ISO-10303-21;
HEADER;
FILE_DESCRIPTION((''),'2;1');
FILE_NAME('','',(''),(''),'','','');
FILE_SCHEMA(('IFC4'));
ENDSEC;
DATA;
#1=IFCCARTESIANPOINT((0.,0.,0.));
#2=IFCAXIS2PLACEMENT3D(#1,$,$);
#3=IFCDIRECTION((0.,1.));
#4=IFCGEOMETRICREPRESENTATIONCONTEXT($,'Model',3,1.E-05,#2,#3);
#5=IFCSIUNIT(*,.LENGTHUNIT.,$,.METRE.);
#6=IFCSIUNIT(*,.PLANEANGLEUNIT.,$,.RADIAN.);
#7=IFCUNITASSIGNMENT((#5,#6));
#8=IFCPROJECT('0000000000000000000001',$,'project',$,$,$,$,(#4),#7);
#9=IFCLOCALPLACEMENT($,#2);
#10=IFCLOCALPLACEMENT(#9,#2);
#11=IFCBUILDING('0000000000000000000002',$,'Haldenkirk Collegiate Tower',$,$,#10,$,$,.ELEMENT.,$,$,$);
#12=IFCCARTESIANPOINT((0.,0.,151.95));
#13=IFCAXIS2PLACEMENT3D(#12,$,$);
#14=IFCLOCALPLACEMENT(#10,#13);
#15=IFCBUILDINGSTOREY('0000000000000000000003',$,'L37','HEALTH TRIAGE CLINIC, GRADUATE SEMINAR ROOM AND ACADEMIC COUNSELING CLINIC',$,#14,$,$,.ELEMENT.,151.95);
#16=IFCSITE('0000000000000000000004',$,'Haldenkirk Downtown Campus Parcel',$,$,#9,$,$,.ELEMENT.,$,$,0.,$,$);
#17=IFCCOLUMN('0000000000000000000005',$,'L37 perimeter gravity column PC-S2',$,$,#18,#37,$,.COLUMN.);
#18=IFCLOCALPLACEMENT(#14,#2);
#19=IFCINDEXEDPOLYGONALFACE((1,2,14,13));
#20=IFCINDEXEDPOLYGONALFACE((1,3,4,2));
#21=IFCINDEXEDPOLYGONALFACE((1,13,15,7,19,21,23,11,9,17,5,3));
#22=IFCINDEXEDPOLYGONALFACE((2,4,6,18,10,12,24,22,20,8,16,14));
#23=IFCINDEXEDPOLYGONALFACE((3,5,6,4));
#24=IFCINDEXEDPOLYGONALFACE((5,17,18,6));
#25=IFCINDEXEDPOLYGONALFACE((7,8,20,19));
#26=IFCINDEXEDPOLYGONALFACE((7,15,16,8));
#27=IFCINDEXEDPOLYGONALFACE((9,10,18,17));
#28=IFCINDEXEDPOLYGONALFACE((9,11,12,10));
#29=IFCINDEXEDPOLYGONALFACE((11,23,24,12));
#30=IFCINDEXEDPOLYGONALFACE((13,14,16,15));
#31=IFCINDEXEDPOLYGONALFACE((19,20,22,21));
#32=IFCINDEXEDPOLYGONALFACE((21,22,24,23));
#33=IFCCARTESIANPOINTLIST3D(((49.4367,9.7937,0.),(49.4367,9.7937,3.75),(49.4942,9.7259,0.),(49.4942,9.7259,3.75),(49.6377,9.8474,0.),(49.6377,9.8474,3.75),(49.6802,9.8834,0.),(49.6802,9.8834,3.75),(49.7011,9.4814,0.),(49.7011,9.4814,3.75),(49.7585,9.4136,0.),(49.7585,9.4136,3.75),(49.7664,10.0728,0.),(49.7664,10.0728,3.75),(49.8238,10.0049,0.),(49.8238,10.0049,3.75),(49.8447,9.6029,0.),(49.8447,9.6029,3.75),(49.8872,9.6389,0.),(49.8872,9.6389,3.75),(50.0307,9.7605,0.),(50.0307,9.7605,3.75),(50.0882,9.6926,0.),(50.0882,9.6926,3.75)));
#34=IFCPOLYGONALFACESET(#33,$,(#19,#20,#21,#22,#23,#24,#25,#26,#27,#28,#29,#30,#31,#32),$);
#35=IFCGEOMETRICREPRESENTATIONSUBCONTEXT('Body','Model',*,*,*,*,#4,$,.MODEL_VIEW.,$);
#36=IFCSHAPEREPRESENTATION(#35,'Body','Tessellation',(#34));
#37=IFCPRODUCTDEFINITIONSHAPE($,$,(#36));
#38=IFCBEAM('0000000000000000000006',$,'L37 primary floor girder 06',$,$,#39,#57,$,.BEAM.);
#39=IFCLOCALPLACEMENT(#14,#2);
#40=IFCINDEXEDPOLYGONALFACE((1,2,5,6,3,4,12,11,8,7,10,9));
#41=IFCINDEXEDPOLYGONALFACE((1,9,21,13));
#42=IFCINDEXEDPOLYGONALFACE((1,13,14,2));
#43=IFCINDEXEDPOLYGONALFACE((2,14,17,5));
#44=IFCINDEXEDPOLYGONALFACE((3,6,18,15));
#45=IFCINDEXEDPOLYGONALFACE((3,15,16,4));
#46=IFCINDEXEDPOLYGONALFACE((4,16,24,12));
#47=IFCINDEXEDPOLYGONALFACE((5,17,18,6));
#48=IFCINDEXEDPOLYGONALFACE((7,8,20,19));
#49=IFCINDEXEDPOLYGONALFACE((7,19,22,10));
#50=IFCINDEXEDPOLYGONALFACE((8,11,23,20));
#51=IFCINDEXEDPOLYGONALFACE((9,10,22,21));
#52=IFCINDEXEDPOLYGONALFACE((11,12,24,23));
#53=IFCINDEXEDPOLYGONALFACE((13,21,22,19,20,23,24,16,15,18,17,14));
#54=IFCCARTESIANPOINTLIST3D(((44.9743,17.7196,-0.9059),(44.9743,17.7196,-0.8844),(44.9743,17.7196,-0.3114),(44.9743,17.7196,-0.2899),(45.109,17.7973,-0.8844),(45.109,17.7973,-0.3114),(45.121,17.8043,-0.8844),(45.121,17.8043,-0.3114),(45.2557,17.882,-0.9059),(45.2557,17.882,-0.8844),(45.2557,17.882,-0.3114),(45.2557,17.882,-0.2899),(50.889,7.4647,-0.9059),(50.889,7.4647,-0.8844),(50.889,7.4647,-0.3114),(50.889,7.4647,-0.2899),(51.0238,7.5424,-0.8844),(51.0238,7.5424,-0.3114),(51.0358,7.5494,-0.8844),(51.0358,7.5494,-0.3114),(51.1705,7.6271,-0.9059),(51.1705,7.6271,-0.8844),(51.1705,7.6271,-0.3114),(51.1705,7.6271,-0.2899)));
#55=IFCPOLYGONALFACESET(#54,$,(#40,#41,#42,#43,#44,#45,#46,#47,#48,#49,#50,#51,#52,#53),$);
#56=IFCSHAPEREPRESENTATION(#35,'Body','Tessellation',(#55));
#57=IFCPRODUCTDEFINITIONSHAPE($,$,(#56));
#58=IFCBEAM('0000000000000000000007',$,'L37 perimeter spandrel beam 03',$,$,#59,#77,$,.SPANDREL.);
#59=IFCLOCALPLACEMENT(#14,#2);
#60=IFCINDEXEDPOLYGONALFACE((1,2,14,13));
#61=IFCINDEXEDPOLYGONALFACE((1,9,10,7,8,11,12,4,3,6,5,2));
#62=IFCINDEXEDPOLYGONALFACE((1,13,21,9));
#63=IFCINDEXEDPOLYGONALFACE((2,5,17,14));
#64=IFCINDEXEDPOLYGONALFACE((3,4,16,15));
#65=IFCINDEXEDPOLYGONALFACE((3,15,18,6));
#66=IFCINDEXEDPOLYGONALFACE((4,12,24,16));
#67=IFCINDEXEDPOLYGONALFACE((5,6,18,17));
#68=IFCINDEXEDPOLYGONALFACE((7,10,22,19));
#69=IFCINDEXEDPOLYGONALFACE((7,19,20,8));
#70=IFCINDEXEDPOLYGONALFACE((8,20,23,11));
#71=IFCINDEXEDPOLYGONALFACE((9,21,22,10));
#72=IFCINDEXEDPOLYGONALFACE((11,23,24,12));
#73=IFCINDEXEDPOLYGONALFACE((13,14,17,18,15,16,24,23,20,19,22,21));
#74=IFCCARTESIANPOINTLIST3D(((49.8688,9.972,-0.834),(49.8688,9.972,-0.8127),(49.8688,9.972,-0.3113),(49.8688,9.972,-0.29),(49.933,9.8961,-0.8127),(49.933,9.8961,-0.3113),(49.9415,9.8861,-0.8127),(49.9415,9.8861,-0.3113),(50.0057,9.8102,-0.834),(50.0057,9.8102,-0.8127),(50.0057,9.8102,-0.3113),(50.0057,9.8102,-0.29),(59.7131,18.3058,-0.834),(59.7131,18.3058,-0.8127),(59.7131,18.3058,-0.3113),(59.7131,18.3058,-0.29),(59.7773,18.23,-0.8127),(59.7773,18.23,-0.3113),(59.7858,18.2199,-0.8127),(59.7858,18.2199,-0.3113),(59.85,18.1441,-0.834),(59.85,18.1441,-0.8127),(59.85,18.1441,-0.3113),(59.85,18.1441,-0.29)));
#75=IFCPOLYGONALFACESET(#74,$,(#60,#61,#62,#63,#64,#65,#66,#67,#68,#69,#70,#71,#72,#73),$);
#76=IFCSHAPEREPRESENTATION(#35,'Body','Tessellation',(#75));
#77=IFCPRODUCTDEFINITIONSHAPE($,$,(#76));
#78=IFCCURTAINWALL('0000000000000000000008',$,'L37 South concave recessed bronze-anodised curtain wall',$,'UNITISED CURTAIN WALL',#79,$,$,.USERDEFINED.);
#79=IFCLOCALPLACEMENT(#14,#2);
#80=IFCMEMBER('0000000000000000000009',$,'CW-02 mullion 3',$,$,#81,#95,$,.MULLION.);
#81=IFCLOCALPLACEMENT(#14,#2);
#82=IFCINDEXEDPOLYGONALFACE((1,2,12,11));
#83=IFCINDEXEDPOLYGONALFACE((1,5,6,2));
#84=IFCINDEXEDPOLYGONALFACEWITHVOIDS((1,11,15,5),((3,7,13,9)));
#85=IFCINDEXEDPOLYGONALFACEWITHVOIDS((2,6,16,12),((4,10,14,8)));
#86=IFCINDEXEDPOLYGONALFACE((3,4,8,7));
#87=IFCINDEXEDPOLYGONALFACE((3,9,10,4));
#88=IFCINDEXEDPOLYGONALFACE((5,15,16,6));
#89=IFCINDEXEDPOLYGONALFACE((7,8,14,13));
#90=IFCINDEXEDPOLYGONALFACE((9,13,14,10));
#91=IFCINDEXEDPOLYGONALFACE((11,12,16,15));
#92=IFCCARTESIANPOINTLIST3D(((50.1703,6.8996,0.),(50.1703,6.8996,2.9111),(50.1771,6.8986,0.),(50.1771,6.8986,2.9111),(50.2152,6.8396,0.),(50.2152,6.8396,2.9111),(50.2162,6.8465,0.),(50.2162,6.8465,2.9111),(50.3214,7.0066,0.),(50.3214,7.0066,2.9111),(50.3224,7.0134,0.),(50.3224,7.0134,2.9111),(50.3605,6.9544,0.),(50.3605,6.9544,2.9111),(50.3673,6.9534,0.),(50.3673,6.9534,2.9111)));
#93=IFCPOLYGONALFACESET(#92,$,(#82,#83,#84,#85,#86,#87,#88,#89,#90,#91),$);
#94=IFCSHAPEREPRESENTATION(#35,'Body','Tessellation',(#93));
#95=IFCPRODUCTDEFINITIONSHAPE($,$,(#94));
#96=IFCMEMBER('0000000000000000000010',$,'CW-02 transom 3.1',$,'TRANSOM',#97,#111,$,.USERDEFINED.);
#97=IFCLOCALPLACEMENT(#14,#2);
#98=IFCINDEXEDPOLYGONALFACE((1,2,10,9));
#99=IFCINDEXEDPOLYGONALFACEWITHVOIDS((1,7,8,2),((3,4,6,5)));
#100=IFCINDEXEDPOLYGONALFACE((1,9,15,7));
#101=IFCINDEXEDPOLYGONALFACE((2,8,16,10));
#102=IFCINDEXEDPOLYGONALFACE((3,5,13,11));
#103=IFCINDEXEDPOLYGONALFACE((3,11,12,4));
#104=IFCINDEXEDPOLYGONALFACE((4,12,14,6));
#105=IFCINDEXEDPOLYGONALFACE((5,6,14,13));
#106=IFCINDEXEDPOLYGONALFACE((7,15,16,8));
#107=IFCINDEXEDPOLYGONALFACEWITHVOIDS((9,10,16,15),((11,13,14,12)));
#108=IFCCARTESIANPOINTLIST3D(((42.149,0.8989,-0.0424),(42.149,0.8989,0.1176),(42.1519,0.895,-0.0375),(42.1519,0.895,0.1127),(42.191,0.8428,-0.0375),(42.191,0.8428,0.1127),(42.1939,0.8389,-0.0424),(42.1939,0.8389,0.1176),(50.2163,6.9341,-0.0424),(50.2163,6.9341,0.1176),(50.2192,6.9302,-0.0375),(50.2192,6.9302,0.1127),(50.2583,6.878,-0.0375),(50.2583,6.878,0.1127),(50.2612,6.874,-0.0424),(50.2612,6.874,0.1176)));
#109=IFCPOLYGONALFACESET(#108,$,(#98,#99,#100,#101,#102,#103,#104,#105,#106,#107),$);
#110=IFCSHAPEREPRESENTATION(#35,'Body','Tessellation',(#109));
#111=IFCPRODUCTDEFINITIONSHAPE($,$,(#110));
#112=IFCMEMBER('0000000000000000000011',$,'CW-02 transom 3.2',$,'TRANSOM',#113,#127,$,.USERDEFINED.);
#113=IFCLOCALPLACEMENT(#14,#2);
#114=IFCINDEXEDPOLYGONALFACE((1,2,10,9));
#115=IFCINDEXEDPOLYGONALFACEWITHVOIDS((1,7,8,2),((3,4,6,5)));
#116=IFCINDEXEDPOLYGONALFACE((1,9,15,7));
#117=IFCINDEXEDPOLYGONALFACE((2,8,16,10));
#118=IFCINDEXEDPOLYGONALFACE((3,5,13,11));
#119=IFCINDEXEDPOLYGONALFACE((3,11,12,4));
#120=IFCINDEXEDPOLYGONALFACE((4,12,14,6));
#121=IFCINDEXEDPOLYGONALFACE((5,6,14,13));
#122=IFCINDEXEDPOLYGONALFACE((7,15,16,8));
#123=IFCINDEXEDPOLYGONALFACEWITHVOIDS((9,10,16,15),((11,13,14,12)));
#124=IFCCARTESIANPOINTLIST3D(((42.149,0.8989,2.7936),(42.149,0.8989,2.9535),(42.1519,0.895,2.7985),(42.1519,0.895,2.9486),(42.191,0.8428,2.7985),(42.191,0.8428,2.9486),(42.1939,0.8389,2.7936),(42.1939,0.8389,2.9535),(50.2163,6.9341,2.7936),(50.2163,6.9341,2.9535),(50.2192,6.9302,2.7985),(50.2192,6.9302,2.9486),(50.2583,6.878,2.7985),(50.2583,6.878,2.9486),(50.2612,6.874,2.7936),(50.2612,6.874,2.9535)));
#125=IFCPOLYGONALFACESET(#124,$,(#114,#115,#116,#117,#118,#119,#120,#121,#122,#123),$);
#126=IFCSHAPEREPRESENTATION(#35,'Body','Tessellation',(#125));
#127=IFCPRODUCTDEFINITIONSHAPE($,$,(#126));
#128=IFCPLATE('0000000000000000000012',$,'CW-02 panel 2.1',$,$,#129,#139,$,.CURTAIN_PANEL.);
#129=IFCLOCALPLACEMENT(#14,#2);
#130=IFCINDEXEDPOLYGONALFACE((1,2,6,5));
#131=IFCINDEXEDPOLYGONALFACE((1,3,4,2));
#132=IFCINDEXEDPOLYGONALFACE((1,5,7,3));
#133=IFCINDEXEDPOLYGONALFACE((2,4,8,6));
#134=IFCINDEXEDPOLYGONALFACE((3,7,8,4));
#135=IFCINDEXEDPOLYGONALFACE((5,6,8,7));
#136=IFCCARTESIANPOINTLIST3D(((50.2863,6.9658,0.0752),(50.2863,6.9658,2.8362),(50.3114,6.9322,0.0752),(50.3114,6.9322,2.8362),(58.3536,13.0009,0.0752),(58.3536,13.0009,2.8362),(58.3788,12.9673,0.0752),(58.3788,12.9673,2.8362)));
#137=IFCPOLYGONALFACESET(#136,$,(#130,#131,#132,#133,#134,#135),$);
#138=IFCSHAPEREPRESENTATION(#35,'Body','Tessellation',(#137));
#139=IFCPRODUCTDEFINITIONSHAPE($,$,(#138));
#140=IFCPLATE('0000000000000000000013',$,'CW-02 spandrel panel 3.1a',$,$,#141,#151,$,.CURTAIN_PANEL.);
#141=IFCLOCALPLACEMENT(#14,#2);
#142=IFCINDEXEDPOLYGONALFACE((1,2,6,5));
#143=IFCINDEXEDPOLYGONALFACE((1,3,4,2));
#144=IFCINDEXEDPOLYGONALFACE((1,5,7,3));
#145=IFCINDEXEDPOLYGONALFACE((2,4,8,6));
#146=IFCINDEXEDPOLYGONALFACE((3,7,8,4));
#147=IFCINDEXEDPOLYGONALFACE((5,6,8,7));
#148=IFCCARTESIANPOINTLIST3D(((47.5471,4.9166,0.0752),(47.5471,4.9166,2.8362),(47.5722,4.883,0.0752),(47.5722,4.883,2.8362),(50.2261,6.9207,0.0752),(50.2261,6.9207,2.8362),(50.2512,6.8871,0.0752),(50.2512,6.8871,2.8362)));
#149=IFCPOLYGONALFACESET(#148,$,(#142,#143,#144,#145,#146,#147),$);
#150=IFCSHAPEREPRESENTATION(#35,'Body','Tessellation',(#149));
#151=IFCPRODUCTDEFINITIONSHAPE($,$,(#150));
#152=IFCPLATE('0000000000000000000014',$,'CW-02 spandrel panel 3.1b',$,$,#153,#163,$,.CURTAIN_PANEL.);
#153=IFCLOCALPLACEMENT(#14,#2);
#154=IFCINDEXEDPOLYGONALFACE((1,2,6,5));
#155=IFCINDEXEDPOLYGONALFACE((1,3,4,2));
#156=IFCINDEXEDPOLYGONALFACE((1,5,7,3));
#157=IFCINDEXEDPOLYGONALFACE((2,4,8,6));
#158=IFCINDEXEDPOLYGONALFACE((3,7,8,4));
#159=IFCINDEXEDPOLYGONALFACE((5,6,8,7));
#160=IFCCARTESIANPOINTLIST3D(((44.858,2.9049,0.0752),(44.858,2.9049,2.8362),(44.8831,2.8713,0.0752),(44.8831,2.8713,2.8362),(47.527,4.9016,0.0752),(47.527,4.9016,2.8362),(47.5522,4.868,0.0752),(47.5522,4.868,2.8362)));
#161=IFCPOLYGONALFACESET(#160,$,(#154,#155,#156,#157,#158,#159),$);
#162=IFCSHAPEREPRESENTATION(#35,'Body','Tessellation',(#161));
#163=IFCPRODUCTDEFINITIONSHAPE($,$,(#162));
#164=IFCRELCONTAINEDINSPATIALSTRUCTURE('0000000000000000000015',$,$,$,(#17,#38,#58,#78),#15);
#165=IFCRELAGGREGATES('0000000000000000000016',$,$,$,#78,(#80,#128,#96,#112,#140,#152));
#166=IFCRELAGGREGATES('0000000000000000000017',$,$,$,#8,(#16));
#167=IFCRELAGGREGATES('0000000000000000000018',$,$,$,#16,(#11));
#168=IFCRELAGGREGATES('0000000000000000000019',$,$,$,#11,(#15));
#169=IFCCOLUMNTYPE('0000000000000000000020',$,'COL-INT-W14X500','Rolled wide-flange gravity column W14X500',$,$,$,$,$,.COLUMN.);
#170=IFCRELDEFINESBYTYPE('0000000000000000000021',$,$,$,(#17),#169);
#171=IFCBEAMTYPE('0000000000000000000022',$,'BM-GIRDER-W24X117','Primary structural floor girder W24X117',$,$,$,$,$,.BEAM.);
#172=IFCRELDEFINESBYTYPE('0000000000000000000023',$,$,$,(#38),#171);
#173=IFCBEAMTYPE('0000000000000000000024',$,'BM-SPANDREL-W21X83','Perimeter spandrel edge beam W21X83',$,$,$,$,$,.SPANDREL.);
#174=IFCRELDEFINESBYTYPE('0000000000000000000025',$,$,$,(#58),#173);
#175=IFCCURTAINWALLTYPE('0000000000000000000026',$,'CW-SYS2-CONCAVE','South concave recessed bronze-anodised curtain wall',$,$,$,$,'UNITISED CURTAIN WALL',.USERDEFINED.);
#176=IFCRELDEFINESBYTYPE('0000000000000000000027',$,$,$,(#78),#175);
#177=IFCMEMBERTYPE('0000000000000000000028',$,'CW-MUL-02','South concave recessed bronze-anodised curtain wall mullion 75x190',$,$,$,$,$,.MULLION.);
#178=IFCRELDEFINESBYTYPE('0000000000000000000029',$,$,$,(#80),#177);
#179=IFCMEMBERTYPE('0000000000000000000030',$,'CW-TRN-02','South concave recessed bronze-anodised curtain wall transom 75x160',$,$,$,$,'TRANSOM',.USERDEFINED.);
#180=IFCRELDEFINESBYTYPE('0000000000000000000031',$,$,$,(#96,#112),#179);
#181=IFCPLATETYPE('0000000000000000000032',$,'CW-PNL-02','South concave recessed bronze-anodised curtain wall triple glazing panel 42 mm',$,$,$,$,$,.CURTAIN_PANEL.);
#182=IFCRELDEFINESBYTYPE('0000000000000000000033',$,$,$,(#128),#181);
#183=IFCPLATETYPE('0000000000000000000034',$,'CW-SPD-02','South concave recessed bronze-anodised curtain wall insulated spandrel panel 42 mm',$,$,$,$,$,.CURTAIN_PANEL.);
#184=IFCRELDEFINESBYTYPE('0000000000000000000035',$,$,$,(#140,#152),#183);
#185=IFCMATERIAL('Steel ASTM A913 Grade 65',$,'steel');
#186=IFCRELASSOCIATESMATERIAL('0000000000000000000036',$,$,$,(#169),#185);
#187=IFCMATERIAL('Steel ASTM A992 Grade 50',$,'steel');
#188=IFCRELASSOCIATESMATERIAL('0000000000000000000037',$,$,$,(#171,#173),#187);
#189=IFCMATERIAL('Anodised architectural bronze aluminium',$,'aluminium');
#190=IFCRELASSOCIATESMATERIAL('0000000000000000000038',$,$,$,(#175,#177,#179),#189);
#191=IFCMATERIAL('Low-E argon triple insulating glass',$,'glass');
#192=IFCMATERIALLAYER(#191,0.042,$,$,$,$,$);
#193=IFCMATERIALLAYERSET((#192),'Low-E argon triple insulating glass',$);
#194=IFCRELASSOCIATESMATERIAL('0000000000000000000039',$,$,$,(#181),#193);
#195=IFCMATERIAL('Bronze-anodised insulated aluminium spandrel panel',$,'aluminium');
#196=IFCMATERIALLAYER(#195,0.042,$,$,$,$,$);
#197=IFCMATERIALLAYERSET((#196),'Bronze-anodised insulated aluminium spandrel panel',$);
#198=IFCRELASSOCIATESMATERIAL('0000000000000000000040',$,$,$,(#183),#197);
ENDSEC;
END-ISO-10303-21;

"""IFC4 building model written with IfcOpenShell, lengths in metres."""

from ifc_helpers import new_model, si_unit, direction, frame, origin, origin_2d, place, context, subcontext, project, spatial, rectangle, hollow_rectangle, i_section, extrude, source, transform, mapped, material, layer, layer_set, material_profile, profile_set, type_object, element, aggregate, save


model = new_model("IFC4")

# Units and contexts
model_context = context("Model", 3, precision=1e-05, world=origin(), true_north=direction((0.0, 1.0)))
body_context = subcontext(model_context, "Body", "Model", "MODEL_VIEW")
ifc_project = project(units=[si_unit("LENGTHUNIT", "METRE"), si_unit("PLANEANGLEUNIT", "RADIAN")], contexts=[model_context])

# Site, building, storey
site_placement = place(None, origin())
site = spatial("IfcSite", under=ifc_project, at=site_placement, Name="Haldenkirk Downtown Campus Parcel", CompositionType="ELEMENT", RefElevation=0.0)
building_placement = place(site_placement, origin())
building = spatial("IfcBuilding", under=site, at=building_placement, Name="Haldenkirk Collegiate Tower", CompositionType="ELEMENT")
storey_placement = place(building_placement, frame((0.0, 0.0, 151.95)))
storey = spatial("IfcBuildingStorey", under=building, at=storey_placement, Name="L37", Description="HEALTH TRIAGE CLINIC, GRADUATE SEMINAR ROOM AND ACADEMIC COUNSELING CLINIC", CompositionType="ELEMENT", Elevation=151.95)

# Column
ifc_material_1 = material(Name="Steel ASTM A913 Grade 65", Category="steel")
ifc_material_profile_1 = material_profile(ifc_material_1, i_section(OverallWidth=0.4319, OverallDepth=0.498, WebThickness=0.0557, FlangeThickness=0.0889, at=origin_2d()), Name="W14X500")
ifc_profile_set_1 = profile_set([ifc_material_profile_1], Name="Steel ASTM A913 Grade 65")
column_type = type_object("IfcColumnType", Name="COL-INT-W14X500", Description="Rolled wide-flange gravity column W14X500", PredefinedType="COLUMN", material=ifc_profile_set_1)
column_placement = place(storey_placement, frame((49.7625, 9.7432, 0.0), z_axis=(0.0, 0.0, 1.0), x_axis=(0.763232, 0.646124, 0.0)))
element("IfcColumn", 1, at=column_placement, inside=storey, type_object=column_type, Name="L37 perimeter gravity column PC-S2", PredefinedType="COLUMN", context=body_context, shape_type="SweptSolid", body=[
    extrude(i_section(OverallWidth=0.4319, OverallDepth=0.498, WebThickness=0.0557, FlangeThickness=0.0889, at=origin_2d()), origin(), (0.0, 0.0, 1.0), 3.75),
])

# Beams
ifc_material_2 = material(Name="Steel ASTM A992 Grade 50", Category="steel")
ifc_material_profile_2 = material_profile(ifc_material_2, i_section(OverallWidth=0.325, OverallDepth=0.616, WebThickness=0.0139, FlangeThickness=0.0215, at=origin_2d()), Name="W24X117")
ifc_profile_set_2 = profile_set([ifc_material_profile_2], Name="Steel ASTM A992 Grade 50")
beam_type_1 = type_object("IfcBeamType", Name="BM-GIRDER-W24X117", Description="Primary structural floor girder W24X117", PredefinedType="BEAM", material=ifc_profile_set_2)
beam_1_placement = place(storey_placement, frame((51.0298, 7.5459, -0.5979), z_axis=(-0.499628, 0.86624, 0.0), x_axis=(-0.86624, -0.499628, 0.0)))
element("IfcBeam", 2, at=beam_1_placement, inside=storey, type_object=beam_type_1, Name="L37 primary floor girder 06", PredefinedType="BEAM", context=body_context, shape_type="SweptSolid", body=[
    extrude(i_section(OverallWidth=0.325, OverallDepth=0.616, WebThickness=0.0139, FlangeThickness=0.0215, at=origin_2d()), origin(), (0.0, 0.0, 1.0), 11.8384),
])
ifc_material_profile_3 = material_profile(ifc_material_2, i_section(OverallWidth=0.2119, OverallDepth=0.5439, WebThickness=0.0132, FlangeThickness=0.0212, at=origin_2d()), Name="W21X83")
ifc_profile_set_3 = profile_set([ifc_material_profile_3], Name="Steel ASTM A992 Grade 50")
beam_type_2 = type_object("IfcBeamType", Name="BM-SPANDREL-W21X83", Description="Perimeter spandrel edge beam W21X83", PredefinedType="SPANDREL", material=ifc_profile_set_3)
beam_2_placement = place(storey_placement, frame((49.9373, 9.8911, -0.562), z_axis=(0.763233, 0.646123, 0.0), x_axis=(-0.646123, 0.763233, 0.0)))
element("IfcBeam", 3, at=beam_2_placement, inside=storey, type_object=beam_type_2, Name="L37 perimeter spandrel beam 03", PredefinedType="SPANDREL", context=body_context, shape_type="SweptSolid", body=[
    extrude(i_section(OverallWidth=0.2119, OverallDepth=0.5439, WebThickness=0.0132, FlangeThickness=0.0212, at=origin_2d()), origin(), (0.0, 0.0, 1.0), 12.8982),
])

# Curtain wall, members, plates
ifc_material_3 = material(Name="Anodised architectural bronze aluminium", Category="aluminium")
curtain_wall_type = type_object("IfcCurtainWallType", Name="CW-SYS2-CONCAVE", Description="South concave recessed bronze-anodised curtain wall", ElementType="UNITISED CURTAIN WALL", PredefinedType="USERDEFINED", material=ifc_material_3)
curtain_wall_placement = place(storey_placement, origin())
curtain_wall = element("IfcCurtainWall", 4, at=curtain_wall_placement, inside=storey, type_object=curtain_wall_type, Name="L37 South concave recessed bronze-anodised curtain wall", ObjectType="UNITISED CURTAIN WALL", PredefinedType="USERDEFINED")
ifc_material_profile_4 = material_profile(ifc_material_3, hollow_rectangle(XDim=0.075, YDim=0.1899, WallThickness=0.0049, at=origin_2d()), Name="CW-MUL-02")
ifc_profile_set_4 = profile_set([ifc_material_profile_4], Name="Anodised architectural bronze aluminium")
member_type_1 = type_object("IfcMemberType", Name="CW-MUL-02", Description="South concave recessed bronze-anodised curtain wall mullion 75x190", PredefinedType="MULLION", material=ifc_profile_set_4)
member_1_placement = place(storey_placement, frame((50.2688, 6.9265, 0.0), z_axis=(0.0, 0.0, 1.0), x_axis=(0.599025, -0.80073, 0.0)))
member_1 = element("IfcMember", 5, at=member_1_placement, type_object=member_type_1, Name="CW-02 mullion 3", PredefinedType="MULLION", context=body_context, shape_type="SweptSolid", body=[
    extrude(hollow_rectangle(XDim=0.075, YDim=0.1899, WallThickness=0.0049, at=origin_2d()), origin(), (0.0, 0.0, 1.0), 2.9111),
])
ifc_material_profile_5 = material_profile(ifc_material_3, hollow_rectangle(XDim=0.075, YDim=0.1599, WallThickness=0.0049, at=origin_2d()), Name="CW-TRN-02")
ifc_profile_set_5 = profile_set([ifc_material_profile_5], Name="Anodised architectural bronze aluminium")
member_type_2 = type_object("IfcMemberType", Name="CW-TRN-02", Description="South concave recessed bronze-anodised curtain wall transom 75x160", ElementType="TRANSOM", PredefinedType="USERDEFINED", material=ifc_profile_set_5)
member_2_placement = place(storey_placement, frame((50.2388, 6.9041, 0.0376), z_axis=(-0.800732, -0.599023, 0.0), x_axis=(0.599023, -0.800732, 0.0)))
member_2 = element("IfcMember", 6, at=member_2_placement, type_object=member_type_2, Name="CW-02 transom 3.1", ObjectType="TRANSOM", PredefinedType="USERDEFINED", context=body_context, shape_type="SweptSolid", body=[
    extrude(hollow_rectangle(XDim=0.075, YDim=0.1599, WallThickness=0.0049, at=origin_2d()), origin(), (0.0, 0.0, 1.0), 10.075),
])
member_3_placement = place(storey_placement, frame((50.2388, 6.9041, 2.8735), z_axis=(-0.800732, -0.599023, 0.0), x_axis=(0.599023, -0.800732, 0.0)))
member_3 = element("IfcMember", 7, at=member_3_placement, type_object=member_type_2, Name="CW-02 transom 3.2", ObjectType="TRANSOM", PredefinedType="USERDEFINED", context=body_context, shape_type="SweptSolid", body=[
    extrude(hollow_rectangle(XDim=0.075, YDim=0.1599, WallThickness=0.0049, at=origin_2d()), origin(), (0.0, 0.0, 1.0), 10.075),
])
ifc_material_4 = material(Name="Low-E argon triple insulating glass", Category="glass")
ifc_layer_1 = layer(ifc_material_4, 0.042)
ifc_layer_set_1 = layer_set([ifc_layer_1], Name="Low-E argon triple insulating glass")
plate_type_1 = type_object("IfcPlateType", Name="CW-PNL-02", Description="South concave recessed bronze-anodised curtain wall triple glazing panel 42 mm", PredefinedType="CURTAIN_PANEL", material=ifc_layer_set_1)
shared_shape_1 = source(origin(), body_context, "Body", "SweptSolid", [
    extrude(rectangle(XDim=10.075, YDim=0.042, at=origin_2d()), origin(), (0.0, 0.0, 1.0), 2.761),
])
plate_1_placement = place(storey_placement, frame((54.3325, 9.9666, 0.0752), z_axis=(0.0, 0.0, 1.0), x_axis=(-0.80073, -0.599025, 0.0)))
plate_1 = element("IfcPlate", 8, at=plate_1_placement, type_object=plate_type_1, Name="CW-02 panel 2.1", PredefinedType="CURTAIN_PANEL", context=body_context, shape_type="MappedRepresentation", body=[
    mapped(shared_shape_1, transform((0.0, 0.0, 0.0), x_axis=(1.0, 0.0, 0.0), y_axis=(0.0, 1.0, 0.0), z_axis=(0.0, 0.0, 1.0), scale=1.0)),
])
ifc_material_5 = material(Name="Bronze-anodised insulated aluminium spandrel panel", Category="aluminium")
ifc_layer_2 = layer(ifc_material_5, 0.042)
ifc_layer_set_2 = layer_set([ifc_layer_2], Name="Bronze-anodised insulated aluminium spandrel panel")
plate_type_2 = type_object("IfcPlateType", Name="CW-SPD-02", Description="South concave recessed bronze-anodised curtain wall insulated spandrel panel 42 mm", PredefinedType="CURTAIN_PANEL", material=ifc_layer_set_2)
shared_shape_2 = source(origin(), body_context, "Body", "SweptSolid", [
    extrude(rectangle(XDim=3.3457, YDim=0.042, at=origin_2d()), origin(), (0.0, 0.0, 1.0), 2.761),
])
plate_2_placement = place(storey_placement, frame((48.8992, 5.9019, 0.0752), z_axis=(0.0, 0.0, 1.0), x_axis=(-0.80073, -0.599025, 0.0)))
plate_2 = element("IfcPlate", 9, at=plate_2_placement, type_object=plate_type_2, Name="CW-02 spandrel panel 3.1a", PredefinedType="CURTAIN_PANEL", context=body_context, shape_type="MappedRepresentation", body=[
    mapped(shared_shape_2, transform((0.0, 0.0, 0.0), x_axis=(1.0, 0.0, 0.0), y_axis=(0.0, 1.0, 0.0), z_axis=(0.0, 0.0, 1.0), scale=1.0)),
])
shared_shape_3 = source(origin(), body_context, "Body", "SweptSolid", [
    extrude(rectangle(XDim=3.3333, YDim=0.042, at=origin_2d()), origin(), (0.0, 0.0, 1.0), 2.761),
])
plate_3_placement = place(storey_placement, frame((46.2051, 3.8865, 0.0752), z_axis=(0.0, 0.0, 1.0), x_axis=(-0.80073, -0.599025, 0.0)))
plate_3 = element("IfcPlate", 10, at=plate_3_placement, type_object=plate_type_2, Name="CW-02 spandrel panel 3.1b", PredefinedType="CURTAIN_PANEL", context=body_context, shape_type="MappedRepresentation", body=[
    mapped(shared_shape_3, transform((0.0, 0.0, 0.0), x_axis=(1.0, 0.0, 0.0), y_axis=(0.0, 1.0, 0.0), z_axis=(0.0, 0.0, 1.0), scale=1.0)),
])
aggregate(curtain_wall, [member_1, plate_1, member_2, member_3, plate_2, plate_3])

save(model, "model.ifc")
